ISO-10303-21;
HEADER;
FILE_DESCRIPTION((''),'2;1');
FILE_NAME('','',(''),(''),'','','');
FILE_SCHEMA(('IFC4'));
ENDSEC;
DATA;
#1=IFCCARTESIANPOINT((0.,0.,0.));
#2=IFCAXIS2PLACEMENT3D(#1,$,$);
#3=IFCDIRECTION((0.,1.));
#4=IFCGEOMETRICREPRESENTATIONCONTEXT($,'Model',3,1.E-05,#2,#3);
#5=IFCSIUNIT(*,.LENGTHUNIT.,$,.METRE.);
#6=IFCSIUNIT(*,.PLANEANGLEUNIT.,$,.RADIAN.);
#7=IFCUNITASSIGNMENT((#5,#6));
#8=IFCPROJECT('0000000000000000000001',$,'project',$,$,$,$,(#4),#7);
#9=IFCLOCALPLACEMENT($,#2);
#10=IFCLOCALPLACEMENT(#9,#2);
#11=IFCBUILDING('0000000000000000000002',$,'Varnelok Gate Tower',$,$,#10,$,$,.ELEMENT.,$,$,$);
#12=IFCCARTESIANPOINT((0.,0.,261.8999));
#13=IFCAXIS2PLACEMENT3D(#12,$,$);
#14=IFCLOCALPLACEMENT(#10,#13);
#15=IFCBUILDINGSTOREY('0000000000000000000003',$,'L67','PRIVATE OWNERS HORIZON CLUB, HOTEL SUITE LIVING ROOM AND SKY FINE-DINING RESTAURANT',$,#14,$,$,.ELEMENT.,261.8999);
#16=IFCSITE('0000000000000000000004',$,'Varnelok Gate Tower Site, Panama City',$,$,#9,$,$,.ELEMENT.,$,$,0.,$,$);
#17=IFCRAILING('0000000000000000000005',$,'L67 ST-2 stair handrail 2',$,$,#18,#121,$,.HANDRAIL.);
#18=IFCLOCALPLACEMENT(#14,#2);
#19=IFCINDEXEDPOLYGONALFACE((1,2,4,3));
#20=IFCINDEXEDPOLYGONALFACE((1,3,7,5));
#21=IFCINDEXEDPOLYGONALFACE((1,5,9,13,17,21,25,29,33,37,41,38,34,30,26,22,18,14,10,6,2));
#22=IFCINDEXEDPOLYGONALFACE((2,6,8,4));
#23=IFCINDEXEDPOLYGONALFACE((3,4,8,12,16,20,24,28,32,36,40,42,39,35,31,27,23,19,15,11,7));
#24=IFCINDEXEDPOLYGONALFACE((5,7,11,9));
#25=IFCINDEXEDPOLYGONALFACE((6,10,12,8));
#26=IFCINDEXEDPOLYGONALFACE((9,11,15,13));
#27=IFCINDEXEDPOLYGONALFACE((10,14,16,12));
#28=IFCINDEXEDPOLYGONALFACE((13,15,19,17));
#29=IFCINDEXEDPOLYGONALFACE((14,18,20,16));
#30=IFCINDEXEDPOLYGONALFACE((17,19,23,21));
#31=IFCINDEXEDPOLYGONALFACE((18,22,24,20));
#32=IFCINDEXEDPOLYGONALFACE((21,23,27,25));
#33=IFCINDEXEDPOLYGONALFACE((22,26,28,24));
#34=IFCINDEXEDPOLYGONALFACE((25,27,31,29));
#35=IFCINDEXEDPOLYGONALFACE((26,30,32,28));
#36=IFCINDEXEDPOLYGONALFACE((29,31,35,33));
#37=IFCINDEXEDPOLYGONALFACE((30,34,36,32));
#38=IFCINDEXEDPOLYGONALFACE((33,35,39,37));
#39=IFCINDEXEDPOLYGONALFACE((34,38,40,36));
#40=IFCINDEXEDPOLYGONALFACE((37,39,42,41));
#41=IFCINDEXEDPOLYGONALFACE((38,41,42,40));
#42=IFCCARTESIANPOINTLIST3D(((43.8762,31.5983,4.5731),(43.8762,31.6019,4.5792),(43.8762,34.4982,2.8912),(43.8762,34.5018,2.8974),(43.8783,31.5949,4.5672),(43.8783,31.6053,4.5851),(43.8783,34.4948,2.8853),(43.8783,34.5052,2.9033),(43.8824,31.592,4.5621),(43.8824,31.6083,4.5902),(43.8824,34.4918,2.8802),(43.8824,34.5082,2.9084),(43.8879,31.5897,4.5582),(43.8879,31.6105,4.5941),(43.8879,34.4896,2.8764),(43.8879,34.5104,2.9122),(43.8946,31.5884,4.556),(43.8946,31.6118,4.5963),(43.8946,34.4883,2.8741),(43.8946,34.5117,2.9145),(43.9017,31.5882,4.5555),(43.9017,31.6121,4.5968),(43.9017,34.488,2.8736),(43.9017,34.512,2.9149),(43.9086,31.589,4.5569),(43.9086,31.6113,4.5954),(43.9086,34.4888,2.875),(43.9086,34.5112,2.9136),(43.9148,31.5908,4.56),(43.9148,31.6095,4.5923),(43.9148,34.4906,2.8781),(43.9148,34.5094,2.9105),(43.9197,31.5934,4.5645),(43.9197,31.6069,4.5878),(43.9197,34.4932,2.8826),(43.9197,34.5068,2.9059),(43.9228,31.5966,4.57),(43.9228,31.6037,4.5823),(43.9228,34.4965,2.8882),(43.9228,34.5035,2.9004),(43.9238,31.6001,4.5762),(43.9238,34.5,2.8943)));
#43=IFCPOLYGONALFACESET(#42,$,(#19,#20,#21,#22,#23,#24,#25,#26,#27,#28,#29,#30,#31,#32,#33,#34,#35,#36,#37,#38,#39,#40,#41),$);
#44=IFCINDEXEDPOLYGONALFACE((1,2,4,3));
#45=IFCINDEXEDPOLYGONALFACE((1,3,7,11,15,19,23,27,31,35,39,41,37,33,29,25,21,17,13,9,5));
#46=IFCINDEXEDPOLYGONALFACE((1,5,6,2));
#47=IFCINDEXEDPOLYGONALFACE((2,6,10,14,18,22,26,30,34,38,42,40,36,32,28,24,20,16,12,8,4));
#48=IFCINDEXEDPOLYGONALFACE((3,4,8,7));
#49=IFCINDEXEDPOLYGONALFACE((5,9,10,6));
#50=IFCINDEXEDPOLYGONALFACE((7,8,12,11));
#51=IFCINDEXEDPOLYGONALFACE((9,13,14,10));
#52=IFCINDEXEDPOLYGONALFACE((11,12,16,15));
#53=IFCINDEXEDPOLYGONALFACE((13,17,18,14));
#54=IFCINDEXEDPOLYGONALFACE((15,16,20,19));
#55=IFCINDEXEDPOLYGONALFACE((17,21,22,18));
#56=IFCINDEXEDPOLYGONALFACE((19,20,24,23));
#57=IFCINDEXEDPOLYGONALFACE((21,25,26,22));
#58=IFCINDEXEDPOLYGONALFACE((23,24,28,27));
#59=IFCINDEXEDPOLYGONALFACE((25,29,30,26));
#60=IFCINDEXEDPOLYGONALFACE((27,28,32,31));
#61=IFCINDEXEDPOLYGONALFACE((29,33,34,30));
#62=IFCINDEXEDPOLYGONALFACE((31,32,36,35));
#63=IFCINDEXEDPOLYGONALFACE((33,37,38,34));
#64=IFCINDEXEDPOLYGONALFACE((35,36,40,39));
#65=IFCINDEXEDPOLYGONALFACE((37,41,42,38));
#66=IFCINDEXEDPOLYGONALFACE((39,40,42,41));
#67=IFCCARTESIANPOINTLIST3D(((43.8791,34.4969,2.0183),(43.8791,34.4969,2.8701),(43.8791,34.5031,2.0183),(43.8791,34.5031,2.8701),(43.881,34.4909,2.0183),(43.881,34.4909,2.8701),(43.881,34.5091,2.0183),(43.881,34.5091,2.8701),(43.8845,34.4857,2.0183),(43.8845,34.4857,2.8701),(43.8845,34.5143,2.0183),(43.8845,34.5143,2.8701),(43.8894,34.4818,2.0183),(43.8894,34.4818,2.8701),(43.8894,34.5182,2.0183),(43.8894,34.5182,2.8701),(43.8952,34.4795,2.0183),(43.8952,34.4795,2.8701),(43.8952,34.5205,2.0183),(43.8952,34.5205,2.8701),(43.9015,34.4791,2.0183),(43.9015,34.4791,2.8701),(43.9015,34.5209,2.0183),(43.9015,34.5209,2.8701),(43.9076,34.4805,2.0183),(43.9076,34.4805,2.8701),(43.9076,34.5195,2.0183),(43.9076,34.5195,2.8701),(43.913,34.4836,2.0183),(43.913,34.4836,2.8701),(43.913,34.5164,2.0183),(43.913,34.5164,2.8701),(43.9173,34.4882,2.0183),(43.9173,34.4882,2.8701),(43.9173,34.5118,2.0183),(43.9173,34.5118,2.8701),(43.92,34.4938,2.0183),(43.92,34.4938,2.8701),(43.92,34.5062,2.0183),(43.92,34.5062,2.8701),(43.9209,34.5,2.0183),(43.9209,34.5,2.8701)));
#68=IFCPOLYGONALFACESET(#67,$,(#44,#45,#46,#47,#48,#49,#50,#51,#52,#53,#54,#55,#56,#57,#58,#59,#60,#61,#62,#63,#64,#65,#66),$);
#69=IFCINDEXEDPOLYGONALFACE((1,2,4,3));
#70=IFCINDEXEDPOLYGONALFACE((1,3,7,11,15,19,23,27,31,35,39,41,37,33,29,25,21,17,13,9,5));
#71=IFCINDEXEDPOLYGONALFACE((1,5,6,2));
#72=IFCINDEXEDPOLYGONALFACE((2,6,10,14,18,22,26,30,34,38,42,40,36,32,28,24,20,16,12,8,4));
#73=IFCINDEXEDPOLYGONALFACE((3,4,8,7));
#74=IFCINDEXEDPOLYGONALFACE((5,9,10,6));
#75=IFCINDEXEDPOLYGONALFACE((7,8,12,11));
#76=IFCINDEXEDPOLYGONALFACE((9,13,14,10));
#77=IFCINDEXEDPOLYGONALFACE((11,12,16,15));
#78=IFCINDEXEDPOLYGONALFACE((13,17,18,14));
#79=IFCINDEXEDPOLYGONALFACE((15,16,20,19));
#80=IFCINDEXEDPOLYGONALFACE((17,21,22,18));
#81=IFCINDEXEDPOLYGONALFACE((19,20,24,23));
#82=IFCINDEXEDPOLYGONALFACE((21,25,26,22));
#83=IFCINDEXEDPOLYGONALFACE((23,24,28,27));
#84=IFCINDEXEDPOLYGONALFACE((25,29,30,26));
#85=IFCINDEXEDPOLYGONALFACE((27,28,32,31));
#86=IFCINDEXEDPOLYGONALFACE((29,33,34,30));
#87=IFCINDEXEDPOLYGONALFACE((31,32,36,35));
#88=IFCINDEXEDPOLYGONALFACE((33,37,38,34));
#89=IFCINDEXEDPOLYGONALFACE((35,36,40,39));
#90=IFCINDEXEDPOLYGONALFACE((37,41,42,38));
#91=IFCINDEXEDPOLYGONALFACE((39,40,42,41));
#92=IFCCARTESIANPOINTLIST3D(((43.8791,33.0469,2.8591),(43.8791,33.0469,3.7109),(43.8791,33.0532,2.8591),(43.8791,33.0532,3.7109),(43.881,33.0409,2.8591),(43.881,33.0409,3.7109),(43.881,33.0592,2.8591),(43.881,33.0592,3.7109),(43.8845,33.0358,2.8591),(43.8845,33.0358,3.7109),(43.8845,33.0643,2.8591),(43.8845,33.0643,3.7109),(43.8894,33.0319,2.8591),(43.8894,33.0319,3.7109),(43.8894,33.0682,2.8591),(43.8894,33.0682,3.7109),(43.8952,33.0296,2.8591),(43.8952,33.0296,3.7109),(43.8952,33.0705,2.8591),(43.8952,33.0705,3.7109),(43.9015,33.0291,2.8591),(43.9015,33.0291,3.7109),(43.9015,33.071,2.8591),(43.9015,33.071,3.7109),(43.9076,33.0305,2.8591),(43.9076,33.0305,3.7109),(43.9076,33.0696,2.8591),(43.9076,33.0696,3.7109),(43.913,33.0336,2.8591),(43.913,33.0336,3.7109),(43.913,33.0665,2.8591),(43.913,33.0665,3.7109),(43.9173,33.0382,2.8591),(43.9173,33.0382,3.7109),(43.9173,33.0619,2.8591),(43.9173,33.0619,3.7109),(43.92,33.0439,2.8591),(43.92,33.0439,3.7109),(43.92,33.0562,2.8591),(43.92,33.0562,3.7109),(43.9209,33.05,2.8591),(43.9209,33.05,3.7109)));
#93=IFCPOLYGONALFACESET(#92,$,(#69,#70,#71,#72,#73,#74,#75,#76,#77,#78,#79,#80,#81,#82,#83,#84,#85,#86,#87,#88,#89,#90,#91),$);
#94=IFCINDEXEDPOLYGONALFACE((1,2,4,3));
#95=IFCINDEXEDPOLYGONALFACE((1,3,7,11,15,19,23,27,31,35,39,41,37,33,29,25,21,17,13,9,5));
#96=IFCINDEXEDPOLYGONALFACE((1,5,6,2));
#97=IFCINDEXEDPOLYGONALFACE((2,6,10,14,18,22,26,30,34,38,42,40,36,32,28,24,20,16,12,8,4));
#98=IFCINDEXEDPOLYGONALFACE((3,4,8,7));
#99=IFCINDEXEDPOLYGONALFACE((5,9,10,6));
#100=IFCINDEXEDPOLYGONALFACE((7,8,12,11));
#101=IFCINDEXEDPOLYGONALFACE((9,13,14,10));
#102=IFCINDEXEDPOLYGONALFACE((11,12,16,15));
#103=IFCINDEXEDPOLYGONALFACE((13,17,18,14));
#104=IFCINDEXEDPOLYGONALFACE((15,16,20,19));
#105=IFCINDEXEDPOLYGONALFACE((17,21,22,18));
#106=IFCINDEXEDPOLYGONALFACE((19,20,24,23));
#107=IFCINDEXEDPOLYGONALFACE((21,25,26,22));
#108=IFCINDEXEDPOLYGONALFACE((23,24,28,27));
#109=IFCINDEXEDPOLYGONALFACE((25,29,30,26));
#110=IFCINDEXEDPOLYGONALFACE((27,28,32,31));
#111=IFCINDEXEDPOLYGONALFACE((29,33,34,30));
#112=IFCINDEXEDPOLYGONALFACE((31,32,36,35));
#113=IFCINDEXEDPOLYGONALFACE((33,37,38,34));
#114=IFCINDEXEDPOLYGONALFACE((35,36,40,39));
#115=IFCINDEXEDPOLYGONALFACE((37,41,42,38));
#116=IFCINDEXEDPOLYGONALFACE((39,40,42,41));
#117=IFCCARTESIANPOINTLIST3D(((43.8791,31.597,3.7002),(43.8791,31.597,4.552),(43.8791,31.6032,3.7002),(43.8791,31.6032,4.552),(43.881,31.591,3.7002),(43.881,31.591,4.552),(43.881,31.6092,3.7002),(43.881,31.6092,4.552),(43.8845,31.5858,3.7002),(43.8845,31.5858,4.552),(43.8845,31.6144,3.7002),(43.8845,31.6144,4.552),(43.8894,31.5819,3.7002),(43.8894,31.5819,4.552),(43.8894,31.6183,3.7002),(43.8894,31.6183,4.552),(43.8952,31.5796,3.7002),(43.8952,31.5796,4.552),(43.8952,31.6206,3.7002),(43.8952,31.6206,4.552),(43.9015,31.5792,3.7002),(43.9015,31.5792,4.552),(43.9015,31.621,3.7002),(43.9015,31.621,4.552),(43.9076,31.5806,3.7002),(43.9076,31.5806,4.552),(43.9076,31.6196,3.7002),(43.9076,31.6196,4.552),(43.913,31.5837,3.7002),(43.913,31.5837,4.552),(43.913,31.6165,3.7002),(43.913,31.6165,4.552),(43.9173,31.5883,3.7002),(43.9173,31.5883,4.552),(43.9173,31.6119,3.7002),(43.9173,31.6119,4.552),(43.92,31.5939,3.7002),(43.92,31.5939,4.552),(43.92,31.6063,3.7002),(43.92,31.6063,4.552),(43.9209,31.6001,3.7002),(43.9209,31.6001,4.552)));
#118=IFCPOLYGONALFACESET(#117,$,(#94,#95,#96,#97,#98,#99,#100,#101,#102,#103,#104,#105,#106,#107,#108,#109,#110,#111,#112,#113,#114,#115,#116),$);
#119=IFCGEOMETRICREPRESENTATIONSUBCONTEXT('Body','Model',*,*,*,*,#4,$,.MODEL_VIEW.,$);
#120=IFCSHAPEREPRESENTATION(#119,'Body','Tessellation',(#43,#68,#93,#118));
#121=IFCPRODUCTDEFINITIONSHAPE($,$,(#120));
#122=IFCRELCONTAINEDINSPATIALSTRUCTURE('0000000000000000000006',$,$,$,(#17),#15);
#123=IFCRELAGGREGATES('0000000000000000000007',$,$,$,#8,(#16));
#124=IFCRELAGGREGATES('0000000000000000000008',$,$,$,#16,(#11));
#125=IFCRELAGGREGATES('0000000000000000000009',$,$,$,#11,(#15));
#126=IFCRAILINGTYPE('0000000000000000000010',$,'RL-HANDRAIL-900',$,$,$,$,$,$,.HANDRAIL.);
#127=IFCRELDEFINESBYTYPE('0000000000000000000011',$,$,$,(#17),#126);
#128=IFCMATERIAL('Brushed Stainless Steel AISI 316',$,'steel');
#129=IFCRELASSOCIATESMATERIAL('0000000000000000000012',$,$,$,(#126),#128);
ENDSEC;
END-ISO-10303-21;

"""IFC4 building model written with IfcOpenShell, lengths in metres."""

from ifc_helpers import new_model, si_unit, direction, frame, origin, origin_2d, place, context, subcontext, project, spatial, circle, extrude, material, type_object, element, save


model = new_model("IFC4")

# Units and contexts
model_context = context("Model", 3, precision=1e-05, world=origin(), true_north=direction((0.0, 1.0)))
body_context = subcontext(model_context, "Body", "Model", "MODEL_VIEW")
ifc_project = project(units=[si_unit("LENGTHUNIT", "METRE"), si_unit("PLANEANGLEUNIT", "RADIAN")], contexts=[model_context])

# Site, building, storey
site_placement = place(None, origin())
site = spatial("IfcSite", under=ifc_project, at=site_placement, Name="Varnelok Gate Tower Site, Panama City", CompositionType="ELEMENT", RefElevation=0.0)
building_placement = place(site_placement, origin())
building = spatial("IfcBuilding", under=site, at=building_placement, Name="Varnelok Gate Tower", CompositionType="ELEMENT")
storey_placement = place(building_placement, frame((0.0, 0.0, 261.8999)))
storey = spatial("IfcBuildingStorey", under=building, at=storey_placement, Name="L67", Description="PRIVATE OWNERS HORIZON CLUB, HOTEL SUITE LIVING ROOM AND SKY FINE-DINING RESTAURANT", CompositionType="ELEMENT", Elevation=261.8999)

# Railing
ifc_material_1 = material(Name="Brushed Stainless Steel AISI 316", Category="steel")
railing_type_1 = type_object("IfcRailingType", Name="RL-HANDRAIL-900", PredefinedType="HANDRAIL", material=ifc_material_1)
railing_1_placement = place(storey_placement, frame((43.8999, 34.5, 2.0183)))
element("IfcRailing", 1, at=railing_1_placement, inside=storey, type_object=railing_type_1, Name="L67 ST-2 stair handrail 2", PredefinedType="HANDRAIL", context=body_context, shape_type="SweptSolid", body=[
    extrude(circle(Radius=0.0239, at=origin_2d()), frame((0.0, 0.0, 0.876), z_axis=(0.0, -0.865039, 0.501705), x_axis=(1.0, 0.0, 0.0)), (0.0, 0.0, 1.0), 3.3523),
    extrude(circle(Radius=0.021, at=origin_2d()), origin(), (0.0, 0.0, 1.0), 0.8518),
    extrude(circle(Radius=0.021, at=origin_2d()), frame((0.0, -1.45, 0.8408)), (0.0, 0.0, 1.0), 0.8518),
    extrude(circle(Radius=0.021, at=origin_2d()), frame((0.0, -2.8999, 1.6819)), (0.0, 0.0, 1.0), 0.8518),
])

save(model, "model.ifc")
